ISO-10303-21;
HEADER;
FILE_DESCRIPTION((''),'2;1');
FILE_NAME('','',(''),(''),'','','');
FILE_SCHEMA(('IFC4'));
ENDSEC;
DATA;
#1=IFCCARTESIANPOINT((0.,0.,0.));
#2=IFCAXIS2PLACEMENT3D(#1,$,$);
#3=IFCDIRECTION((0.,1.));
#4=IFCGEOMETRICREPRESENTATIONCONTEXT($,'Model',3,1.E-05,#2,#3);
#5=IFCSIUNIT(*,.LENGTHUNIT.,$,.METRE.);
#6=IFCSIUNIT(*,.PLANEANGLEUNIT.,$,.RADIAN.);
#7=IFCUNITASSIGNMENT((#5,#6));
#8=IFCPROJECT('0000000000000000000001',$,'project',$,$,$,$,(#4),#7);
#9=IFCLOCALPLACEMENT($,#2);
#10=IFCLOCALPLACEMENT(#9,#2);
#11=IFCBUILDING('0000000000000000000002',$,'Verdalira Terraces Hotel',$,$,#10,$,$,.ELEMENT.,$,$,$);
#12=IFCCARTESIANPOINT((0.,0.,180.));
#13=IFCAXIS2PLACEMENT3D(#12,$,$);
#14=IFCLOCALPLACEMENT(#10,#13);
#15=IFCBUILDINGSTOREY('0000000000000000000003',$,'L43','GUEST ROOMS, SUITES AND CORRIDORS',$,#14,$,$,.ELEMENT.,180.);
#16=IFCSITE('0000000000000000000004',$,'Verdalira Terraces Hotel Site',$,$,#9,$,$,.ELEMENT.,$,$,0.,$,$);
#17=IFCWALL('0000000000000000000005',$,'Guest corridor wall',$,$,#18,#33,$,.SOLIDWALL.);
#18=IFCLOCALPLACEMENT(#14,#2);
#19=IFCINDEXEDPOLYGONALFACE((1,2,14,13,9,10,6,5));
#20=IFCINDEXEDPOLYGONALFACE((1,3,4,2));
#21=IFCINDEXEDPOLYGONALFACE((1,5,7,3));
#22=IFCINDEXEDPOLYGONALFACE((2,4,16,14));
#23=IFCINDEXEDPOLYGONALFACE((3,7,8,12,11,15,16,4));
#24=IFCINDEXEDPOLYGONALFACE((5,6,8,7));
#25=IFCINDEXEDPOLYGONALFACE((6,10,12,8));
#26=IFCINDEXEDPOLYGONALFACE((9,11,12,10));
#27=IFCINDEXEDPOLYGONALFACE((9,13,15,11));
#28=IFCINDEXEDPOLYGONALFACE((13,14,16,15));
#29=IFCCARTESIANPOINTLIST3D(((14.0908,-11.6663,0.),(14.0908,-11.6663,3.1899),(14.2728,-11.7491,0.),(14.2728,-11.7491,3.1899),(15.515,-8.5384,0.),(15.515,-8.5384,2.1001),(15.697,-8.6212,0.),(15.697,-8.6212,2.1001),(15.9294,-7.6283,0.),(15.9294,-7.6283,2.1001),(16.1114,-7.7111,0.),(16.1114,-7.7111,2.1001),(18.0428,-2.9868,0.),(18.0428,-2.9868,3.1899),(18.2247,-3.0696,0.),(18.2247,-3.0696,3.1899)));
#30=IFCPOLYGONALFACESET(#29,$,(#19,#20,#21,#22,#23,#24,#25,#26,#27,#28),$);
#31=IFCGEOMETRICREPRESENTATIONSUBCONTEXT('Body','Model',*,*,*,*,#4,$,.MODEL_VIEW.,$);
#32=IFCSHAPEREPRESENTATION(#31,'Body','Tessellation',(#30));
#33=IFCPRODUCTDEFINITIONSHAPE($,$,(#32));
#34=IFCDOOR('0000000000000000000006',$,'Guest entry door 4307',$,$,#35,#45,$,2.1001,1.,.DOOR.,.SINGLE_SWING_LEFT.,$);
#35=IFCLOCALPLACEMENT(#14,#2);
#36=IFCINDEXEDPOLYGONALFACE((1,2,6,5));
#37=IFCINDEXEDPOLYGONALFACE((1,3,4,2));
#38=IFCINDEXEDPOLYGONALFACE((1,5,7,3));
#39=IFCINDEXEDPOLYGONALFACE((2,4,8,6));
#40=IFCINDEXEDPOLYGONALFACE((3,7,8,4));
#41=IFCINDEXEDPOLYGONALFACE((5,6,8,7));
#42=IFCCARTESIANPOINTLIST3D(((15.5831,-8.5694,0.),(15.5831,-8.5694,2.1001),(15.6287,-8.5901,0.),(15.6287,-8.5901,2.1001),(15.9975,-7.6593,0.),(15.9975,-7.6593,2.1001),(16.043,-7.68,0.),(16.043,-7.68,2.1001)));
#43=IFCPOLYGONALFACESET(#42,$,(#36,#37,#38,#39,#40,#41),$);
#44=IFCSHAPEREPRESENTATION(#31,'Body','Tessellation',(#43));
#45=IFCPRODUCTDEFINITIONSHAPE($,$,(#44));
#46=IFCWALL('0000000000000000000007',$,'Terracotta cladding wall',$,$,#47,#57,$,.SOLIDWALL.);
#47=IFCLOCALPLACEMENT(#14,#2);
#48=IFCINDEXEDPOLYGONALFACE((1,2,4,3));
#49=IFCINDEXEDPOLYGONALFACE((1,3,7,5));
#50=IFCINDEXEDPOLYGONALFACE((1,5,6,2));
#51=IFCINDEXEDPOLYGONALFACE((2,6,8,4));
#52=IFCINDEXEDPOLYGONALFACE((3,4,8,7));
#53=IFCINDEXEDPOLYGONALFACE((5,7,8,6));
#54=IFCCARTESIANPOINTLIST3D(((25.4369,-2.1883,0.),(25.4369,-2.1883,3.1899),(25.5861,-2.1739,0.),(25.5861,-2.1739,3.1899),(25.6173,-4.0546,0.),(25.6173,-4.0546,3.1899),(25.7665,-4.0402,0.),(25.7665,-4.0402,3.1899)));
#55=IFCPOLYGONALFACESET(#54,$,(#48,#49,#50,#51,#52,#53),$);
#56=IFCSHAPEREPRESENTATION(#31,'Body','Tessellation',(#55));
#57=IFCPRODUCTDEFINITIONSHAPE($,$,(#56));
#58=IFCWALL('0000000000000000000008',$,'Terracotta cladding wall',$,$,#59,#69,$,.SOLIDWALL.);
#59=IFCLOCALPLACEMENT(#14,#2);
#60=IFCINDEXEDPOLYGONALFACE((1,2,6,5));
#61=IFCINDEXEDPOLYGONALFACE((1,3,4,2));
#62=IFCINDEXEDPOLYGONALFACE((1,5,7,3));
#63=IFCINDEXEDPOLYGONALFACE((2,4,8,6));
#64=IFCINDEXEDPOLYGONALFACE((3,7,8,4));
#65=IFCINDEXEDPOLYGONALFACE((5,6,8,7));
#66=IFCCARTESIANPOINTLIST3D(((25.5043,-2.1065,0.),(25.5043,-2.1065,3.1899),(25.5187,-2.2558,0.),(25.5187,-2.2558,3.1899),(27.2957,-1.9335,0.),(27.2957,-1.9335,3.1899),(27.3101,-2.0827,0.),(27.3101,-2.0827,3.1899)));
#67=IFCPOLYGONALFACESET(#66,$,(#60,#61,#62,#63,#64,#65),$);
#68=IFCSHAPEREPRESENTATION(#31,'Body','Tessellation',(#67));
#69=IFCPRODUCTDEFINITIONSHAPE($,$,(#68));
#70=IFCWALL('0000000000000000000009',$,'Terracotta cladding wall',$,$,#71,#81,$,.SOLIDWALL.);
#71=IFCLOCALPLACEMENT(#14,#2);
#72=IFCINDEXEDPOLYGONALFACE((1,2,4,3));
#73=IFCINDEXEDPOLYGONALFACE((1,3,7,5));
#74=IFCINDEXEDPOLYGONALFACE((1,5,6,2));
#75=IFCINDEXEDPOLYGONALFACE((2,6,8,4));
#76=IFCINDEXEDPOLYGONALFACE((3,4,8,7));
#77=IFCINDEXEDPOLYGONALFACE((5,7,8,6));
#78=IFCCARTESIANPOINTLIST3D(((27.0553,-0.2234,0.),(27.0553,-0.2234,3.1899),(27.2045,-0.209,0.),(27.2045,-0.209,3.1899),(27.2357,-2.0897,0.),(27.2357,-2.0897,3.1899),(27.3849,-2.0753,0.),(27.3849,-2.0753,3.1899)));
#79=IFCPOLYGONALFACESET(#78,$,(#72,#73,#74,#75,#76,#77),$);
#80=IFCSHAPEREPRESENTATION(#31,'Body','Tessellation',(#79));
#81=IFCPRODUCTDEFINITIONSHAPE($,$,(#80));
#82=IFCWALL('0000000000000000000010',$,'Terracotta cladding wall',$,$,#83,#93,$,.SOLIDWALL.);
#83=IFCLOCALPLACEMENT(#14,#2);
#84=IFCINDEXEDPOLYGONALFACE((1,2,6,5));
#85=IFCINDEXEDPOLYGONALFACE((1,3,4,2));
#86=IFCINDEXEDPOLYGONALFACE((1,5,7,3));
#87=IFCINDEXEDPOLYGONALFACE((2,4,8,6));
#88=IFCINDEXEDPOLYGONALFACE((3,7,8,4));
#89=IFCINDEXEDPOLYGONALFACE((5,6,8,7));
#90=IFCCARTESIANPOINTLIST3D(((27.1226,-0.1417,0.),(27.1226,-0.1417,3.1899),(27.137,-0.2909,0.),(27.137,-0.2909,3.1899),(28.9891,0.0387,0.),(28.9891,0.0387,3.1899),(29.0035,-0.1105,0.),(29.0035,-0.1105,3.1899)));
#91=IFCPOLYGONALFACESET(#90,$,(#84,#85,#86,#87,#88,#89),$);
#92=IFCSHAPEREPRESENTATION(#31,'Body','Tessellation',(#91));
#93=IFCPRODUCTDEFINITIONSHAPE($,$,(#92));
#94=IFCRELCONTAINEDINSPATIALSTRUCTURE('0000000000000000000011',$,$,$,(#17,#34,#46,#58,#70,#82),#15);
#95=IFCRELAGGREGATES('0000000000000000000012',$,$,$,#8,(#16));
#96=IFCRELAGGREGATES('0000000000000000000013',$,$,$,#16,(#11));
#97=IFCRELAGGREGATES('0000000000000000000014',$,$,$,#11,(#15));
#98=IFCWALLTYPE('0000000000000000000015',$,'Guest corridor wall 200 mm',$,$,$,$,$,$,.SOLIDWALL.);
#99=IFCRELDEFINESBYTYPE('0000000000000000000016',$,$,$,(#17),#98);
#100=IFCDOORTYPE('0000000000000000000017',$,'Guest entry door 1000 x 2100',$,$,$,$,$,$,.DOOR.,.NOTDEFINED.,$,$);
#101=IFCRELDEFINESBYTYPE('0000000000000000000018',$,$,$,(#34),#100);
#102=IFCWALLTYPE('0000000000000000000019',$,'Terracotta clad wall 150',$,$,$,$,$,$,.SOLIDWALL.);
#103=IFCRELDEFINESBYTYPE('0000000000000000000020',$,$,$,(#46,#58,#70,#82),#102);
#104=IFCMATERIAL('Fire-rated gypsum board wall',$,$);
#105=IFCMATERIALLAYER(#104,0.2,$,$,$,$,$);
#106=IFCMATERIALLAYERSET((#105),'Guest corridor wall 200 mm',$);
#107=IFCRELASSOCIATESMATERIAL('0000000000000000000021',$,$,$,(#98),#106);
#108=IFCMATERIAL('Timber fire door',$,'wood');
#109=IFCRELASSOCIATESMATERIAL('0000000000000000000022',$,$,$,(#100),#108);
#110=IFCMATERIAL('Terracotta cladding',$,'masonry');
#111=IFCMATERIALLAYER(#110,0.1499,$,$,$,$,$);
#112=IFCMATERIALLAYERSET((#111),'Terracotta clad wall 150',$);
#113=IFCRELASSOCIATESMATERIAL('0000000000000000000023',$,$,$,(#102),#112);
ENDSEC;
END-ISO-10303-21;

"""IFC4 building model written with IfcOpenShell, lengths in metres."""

from ifc_helpers import new_model, si_unit, direction, frame, frame_2d, origin, place, context, subcontext, project, spatial, rectangle, extrude, material, layer, layer_set, type_object, element, fill, save


model = new_model("IFC4")

# Units and contexts
model_context = context("Model", 3, precision=1e-05, world=origin(), true_north=direction((0.0, 1.0)))
body_context = subcontext(model_context, "Body", "Model", "MODEL_VIEW")
ifc_project = project(units=[si_unit("LENGTHUNIT", "METRE"), si_unit("PLANEANGLEUNIT", "RADIAN")], contexts=[model_context])

# Site, building, storey
site_placement = place(None, origin())
site = spatial("IfcSite", under=ifc_project, at=site_placement, Name="Verdalira Terraces Hotel Site", CompositionType="ELEMENT", RefElevation=0.0)
building_placement = place(site_placement, origin())
building = spatial("IfcBuilding", under=site, at=building_placement, Name="Verdalira Terraces Hotel", CompositionType="ELEMENT")
storey_placement = place(building_placement, frame((0.0, 0.0, 180.0)))
storey = spatial("IfcBuildingStorey", under=building, at=storey_placement, Name="L43", Description="GUEST ROOMS, SUITES AND CORRIDORS", CompositionType="ELEMENT", Elevation=180.0)

# Wall, opening, door
ifc_material_1 = material(Name="Fire-rated gypsum board wall")
ifc_layer_1 = layer(ifc_material_1, 0.2)
ifc_layer_set_1 = layer_set([ifc_layer_1], Name="Guest corridor wall 200 mm")
wall_type_1 = type_object("IfcWallType", Name="Guest corridor wall 200 mm", PredefinedType="SOLIDWALL", material=ifc_layer_set_1)
wall_1_placement = place(storey_placement, frame((18.1338, -3.0281, 0.0), z_axis=(0.0, 0.0, 1.0), x_axis=(-0.414385, -0.910102, 0.0)))
wall_1 = element("IfcWall", 1, at=wall_1_placement, inside=storey, type_object=wall_type_1, Name="Guest corridor wall", PredefinedType="SOLIDWALL", context=body_context, shape_type="SweptSolid", body=[
    extrude(rectangle(XDim=9.5369, YDim=0.2, at=frame_2d((4.7686, 0.0))), origin(), (0.0, 0.0, 1.0), 3.1899),
])
opening_1_placement = place(wall_1_placement, frame((5.1001, 0.0, 0.0)))
opening_1 = element("IfcOpeningElement", 2, at=opening_1_placement, cuts=wall_1, PredefinedType="OPENING", context=body_context, shape_type="SweptSolid", body=[
    extrude(rectangle(XDim=1.0, YDim=2.1001, at=frame_2d((0.5, 1.05))), frame((0.0, 0.1099, 0.0), z_axis=(0.0, -1.0, 0.0), x_axis=(1.0, 0.0, 0.0)), (0.0, 0.0, 1.0), 0.22),
])
ifc_material_2 = material(Name="Timber fire door", Category="wood")
door_type_1 = type_object("IfcDoorType", Name="Guest entry door 1000 x 2100", OperationType="NOTDEFINED", PredefinedType="DOOR", material=ifc_material_2)
door_1_placement = place(opening_1_placement, origin())
door_1 = element("IfcDoor", 3, at=door_1_placement, inside=storey, type_object=door_type_1, Name="Guest entry door 4307", OperationType="SINGLE_SWING_LEFT", OverallHeight=2.1001, OverallWidth=1.0, PredefinedType="DOOR", context=body_context, shape_type="SweptSolid", body=[
    extrude(rectangle(XDim=1.0, YDim=2.1001, at=frame_2d((0.5, 1.05))), frame((0.0, 0.0249, 0.0), z_axis=(0.0, -1.0, 0.0), x_axis=(1.0, 0.0, 0.0)), (0.0, 0.0, 1.0), 0.05),
])
fill(opening_1, door_1)

# Walls
ifc_material_3 = material(Name="Terracotta cladding", Category="masonry")
ifc_layer_2 = layer(ifc_material_3, 0.1499)
ifc_layer_set_2 = layer_set([ifc_layer_2], Name="Terracotta clad wall 150")
wall_type_2 = type_object("IfcWallType", Name="Terracotta clad wall 150", PredefinedType="SOLIDWALL", material=ifc_layer_set_2)
wall_2_placement = place(storey_placement, frame((25.6919, -4.0474, 0.0), z_axis=(0.0, 0.0, 1.0), x_axis=(-0.096228, 0.995359, 0.0)))
element("IfcWall", 4, at=wall_2_placement, inside=storey, type_object=wall_type_2, Name="Terracotta cladding wall", PredefinedType="SOLIDWALL", context=body_context, shape_type="SweptSolid", body=[
    extrude(rectangle(XDim=1.875, YDim=0.1499, at=frame_2d((0.9375, 0.0))), origin(), (0.0, 0.0, 1.0), 3.1899),
])
wall_3_placement = place(storey_placement, frame((25.5115, -2.1812, 0.0), z_axis=(0.0, 0.0, 1.0), x_axis=(0.995365, 0.096172, 0.0)))
element("IfcWall", 5, at=wall_3_placement, inside=storey, type_object=wall_type_2, Name="Terracotta cladding wall", PredefinedType="SOLIDWALL", context=body_context, shape_type="SweptSolid", body=[
    extrude(rectangle(XDim=1.7998, YDim=0.1499, at=frame_2d((0.8999, 0.0))), origin(), (0.0, 0.0, 1.0), 3.1899),
])
wall_4_placement = place(storey_placement, frame((27.3103, -2.0825, 0.0), z_axis=(0.0, 0.0, 1.0), x_axis=(-0.096228, 0.995359, 0.0)))
element("IfcWall", 6, at=wall_4_placement, inside=storey, type_object=wall_type_2, Name="Terracotta cladding wall", PredefinedType="SOLIDWALL", context=body_context, shape_type="SweptSolid", body=[
    extrude(rectangle(XDim=1.875, YDim=0.1499, at=frame_2d((0.9375, 0.0))), origin(), (0.0, 0.0, 1.0), 3.1899),
])
wall_5_placement = place(storey_placement, frame((27.1299, -0.2163, 0.0), z_axis=(0.0, 0.0, 1.0), x_axis=(0.99536, 0.096216, 0.0)))
element("IfcWall", 7, at=wall_5_placement, inside=storey, type_object=wall_type_2, Name="Terracotta cladding wall", PredefinedType="SOLIDWALL", context=body_context, shape_type="SweptSolid", body=[
    extrude(rectangle(XDim=1.8752, YDim=0.1499, at=frame_2d((0.9375, 0.0))), origin(), (0.0, 0.0, 1.0), 3.1899),
])

save(model, "model.ifc")
